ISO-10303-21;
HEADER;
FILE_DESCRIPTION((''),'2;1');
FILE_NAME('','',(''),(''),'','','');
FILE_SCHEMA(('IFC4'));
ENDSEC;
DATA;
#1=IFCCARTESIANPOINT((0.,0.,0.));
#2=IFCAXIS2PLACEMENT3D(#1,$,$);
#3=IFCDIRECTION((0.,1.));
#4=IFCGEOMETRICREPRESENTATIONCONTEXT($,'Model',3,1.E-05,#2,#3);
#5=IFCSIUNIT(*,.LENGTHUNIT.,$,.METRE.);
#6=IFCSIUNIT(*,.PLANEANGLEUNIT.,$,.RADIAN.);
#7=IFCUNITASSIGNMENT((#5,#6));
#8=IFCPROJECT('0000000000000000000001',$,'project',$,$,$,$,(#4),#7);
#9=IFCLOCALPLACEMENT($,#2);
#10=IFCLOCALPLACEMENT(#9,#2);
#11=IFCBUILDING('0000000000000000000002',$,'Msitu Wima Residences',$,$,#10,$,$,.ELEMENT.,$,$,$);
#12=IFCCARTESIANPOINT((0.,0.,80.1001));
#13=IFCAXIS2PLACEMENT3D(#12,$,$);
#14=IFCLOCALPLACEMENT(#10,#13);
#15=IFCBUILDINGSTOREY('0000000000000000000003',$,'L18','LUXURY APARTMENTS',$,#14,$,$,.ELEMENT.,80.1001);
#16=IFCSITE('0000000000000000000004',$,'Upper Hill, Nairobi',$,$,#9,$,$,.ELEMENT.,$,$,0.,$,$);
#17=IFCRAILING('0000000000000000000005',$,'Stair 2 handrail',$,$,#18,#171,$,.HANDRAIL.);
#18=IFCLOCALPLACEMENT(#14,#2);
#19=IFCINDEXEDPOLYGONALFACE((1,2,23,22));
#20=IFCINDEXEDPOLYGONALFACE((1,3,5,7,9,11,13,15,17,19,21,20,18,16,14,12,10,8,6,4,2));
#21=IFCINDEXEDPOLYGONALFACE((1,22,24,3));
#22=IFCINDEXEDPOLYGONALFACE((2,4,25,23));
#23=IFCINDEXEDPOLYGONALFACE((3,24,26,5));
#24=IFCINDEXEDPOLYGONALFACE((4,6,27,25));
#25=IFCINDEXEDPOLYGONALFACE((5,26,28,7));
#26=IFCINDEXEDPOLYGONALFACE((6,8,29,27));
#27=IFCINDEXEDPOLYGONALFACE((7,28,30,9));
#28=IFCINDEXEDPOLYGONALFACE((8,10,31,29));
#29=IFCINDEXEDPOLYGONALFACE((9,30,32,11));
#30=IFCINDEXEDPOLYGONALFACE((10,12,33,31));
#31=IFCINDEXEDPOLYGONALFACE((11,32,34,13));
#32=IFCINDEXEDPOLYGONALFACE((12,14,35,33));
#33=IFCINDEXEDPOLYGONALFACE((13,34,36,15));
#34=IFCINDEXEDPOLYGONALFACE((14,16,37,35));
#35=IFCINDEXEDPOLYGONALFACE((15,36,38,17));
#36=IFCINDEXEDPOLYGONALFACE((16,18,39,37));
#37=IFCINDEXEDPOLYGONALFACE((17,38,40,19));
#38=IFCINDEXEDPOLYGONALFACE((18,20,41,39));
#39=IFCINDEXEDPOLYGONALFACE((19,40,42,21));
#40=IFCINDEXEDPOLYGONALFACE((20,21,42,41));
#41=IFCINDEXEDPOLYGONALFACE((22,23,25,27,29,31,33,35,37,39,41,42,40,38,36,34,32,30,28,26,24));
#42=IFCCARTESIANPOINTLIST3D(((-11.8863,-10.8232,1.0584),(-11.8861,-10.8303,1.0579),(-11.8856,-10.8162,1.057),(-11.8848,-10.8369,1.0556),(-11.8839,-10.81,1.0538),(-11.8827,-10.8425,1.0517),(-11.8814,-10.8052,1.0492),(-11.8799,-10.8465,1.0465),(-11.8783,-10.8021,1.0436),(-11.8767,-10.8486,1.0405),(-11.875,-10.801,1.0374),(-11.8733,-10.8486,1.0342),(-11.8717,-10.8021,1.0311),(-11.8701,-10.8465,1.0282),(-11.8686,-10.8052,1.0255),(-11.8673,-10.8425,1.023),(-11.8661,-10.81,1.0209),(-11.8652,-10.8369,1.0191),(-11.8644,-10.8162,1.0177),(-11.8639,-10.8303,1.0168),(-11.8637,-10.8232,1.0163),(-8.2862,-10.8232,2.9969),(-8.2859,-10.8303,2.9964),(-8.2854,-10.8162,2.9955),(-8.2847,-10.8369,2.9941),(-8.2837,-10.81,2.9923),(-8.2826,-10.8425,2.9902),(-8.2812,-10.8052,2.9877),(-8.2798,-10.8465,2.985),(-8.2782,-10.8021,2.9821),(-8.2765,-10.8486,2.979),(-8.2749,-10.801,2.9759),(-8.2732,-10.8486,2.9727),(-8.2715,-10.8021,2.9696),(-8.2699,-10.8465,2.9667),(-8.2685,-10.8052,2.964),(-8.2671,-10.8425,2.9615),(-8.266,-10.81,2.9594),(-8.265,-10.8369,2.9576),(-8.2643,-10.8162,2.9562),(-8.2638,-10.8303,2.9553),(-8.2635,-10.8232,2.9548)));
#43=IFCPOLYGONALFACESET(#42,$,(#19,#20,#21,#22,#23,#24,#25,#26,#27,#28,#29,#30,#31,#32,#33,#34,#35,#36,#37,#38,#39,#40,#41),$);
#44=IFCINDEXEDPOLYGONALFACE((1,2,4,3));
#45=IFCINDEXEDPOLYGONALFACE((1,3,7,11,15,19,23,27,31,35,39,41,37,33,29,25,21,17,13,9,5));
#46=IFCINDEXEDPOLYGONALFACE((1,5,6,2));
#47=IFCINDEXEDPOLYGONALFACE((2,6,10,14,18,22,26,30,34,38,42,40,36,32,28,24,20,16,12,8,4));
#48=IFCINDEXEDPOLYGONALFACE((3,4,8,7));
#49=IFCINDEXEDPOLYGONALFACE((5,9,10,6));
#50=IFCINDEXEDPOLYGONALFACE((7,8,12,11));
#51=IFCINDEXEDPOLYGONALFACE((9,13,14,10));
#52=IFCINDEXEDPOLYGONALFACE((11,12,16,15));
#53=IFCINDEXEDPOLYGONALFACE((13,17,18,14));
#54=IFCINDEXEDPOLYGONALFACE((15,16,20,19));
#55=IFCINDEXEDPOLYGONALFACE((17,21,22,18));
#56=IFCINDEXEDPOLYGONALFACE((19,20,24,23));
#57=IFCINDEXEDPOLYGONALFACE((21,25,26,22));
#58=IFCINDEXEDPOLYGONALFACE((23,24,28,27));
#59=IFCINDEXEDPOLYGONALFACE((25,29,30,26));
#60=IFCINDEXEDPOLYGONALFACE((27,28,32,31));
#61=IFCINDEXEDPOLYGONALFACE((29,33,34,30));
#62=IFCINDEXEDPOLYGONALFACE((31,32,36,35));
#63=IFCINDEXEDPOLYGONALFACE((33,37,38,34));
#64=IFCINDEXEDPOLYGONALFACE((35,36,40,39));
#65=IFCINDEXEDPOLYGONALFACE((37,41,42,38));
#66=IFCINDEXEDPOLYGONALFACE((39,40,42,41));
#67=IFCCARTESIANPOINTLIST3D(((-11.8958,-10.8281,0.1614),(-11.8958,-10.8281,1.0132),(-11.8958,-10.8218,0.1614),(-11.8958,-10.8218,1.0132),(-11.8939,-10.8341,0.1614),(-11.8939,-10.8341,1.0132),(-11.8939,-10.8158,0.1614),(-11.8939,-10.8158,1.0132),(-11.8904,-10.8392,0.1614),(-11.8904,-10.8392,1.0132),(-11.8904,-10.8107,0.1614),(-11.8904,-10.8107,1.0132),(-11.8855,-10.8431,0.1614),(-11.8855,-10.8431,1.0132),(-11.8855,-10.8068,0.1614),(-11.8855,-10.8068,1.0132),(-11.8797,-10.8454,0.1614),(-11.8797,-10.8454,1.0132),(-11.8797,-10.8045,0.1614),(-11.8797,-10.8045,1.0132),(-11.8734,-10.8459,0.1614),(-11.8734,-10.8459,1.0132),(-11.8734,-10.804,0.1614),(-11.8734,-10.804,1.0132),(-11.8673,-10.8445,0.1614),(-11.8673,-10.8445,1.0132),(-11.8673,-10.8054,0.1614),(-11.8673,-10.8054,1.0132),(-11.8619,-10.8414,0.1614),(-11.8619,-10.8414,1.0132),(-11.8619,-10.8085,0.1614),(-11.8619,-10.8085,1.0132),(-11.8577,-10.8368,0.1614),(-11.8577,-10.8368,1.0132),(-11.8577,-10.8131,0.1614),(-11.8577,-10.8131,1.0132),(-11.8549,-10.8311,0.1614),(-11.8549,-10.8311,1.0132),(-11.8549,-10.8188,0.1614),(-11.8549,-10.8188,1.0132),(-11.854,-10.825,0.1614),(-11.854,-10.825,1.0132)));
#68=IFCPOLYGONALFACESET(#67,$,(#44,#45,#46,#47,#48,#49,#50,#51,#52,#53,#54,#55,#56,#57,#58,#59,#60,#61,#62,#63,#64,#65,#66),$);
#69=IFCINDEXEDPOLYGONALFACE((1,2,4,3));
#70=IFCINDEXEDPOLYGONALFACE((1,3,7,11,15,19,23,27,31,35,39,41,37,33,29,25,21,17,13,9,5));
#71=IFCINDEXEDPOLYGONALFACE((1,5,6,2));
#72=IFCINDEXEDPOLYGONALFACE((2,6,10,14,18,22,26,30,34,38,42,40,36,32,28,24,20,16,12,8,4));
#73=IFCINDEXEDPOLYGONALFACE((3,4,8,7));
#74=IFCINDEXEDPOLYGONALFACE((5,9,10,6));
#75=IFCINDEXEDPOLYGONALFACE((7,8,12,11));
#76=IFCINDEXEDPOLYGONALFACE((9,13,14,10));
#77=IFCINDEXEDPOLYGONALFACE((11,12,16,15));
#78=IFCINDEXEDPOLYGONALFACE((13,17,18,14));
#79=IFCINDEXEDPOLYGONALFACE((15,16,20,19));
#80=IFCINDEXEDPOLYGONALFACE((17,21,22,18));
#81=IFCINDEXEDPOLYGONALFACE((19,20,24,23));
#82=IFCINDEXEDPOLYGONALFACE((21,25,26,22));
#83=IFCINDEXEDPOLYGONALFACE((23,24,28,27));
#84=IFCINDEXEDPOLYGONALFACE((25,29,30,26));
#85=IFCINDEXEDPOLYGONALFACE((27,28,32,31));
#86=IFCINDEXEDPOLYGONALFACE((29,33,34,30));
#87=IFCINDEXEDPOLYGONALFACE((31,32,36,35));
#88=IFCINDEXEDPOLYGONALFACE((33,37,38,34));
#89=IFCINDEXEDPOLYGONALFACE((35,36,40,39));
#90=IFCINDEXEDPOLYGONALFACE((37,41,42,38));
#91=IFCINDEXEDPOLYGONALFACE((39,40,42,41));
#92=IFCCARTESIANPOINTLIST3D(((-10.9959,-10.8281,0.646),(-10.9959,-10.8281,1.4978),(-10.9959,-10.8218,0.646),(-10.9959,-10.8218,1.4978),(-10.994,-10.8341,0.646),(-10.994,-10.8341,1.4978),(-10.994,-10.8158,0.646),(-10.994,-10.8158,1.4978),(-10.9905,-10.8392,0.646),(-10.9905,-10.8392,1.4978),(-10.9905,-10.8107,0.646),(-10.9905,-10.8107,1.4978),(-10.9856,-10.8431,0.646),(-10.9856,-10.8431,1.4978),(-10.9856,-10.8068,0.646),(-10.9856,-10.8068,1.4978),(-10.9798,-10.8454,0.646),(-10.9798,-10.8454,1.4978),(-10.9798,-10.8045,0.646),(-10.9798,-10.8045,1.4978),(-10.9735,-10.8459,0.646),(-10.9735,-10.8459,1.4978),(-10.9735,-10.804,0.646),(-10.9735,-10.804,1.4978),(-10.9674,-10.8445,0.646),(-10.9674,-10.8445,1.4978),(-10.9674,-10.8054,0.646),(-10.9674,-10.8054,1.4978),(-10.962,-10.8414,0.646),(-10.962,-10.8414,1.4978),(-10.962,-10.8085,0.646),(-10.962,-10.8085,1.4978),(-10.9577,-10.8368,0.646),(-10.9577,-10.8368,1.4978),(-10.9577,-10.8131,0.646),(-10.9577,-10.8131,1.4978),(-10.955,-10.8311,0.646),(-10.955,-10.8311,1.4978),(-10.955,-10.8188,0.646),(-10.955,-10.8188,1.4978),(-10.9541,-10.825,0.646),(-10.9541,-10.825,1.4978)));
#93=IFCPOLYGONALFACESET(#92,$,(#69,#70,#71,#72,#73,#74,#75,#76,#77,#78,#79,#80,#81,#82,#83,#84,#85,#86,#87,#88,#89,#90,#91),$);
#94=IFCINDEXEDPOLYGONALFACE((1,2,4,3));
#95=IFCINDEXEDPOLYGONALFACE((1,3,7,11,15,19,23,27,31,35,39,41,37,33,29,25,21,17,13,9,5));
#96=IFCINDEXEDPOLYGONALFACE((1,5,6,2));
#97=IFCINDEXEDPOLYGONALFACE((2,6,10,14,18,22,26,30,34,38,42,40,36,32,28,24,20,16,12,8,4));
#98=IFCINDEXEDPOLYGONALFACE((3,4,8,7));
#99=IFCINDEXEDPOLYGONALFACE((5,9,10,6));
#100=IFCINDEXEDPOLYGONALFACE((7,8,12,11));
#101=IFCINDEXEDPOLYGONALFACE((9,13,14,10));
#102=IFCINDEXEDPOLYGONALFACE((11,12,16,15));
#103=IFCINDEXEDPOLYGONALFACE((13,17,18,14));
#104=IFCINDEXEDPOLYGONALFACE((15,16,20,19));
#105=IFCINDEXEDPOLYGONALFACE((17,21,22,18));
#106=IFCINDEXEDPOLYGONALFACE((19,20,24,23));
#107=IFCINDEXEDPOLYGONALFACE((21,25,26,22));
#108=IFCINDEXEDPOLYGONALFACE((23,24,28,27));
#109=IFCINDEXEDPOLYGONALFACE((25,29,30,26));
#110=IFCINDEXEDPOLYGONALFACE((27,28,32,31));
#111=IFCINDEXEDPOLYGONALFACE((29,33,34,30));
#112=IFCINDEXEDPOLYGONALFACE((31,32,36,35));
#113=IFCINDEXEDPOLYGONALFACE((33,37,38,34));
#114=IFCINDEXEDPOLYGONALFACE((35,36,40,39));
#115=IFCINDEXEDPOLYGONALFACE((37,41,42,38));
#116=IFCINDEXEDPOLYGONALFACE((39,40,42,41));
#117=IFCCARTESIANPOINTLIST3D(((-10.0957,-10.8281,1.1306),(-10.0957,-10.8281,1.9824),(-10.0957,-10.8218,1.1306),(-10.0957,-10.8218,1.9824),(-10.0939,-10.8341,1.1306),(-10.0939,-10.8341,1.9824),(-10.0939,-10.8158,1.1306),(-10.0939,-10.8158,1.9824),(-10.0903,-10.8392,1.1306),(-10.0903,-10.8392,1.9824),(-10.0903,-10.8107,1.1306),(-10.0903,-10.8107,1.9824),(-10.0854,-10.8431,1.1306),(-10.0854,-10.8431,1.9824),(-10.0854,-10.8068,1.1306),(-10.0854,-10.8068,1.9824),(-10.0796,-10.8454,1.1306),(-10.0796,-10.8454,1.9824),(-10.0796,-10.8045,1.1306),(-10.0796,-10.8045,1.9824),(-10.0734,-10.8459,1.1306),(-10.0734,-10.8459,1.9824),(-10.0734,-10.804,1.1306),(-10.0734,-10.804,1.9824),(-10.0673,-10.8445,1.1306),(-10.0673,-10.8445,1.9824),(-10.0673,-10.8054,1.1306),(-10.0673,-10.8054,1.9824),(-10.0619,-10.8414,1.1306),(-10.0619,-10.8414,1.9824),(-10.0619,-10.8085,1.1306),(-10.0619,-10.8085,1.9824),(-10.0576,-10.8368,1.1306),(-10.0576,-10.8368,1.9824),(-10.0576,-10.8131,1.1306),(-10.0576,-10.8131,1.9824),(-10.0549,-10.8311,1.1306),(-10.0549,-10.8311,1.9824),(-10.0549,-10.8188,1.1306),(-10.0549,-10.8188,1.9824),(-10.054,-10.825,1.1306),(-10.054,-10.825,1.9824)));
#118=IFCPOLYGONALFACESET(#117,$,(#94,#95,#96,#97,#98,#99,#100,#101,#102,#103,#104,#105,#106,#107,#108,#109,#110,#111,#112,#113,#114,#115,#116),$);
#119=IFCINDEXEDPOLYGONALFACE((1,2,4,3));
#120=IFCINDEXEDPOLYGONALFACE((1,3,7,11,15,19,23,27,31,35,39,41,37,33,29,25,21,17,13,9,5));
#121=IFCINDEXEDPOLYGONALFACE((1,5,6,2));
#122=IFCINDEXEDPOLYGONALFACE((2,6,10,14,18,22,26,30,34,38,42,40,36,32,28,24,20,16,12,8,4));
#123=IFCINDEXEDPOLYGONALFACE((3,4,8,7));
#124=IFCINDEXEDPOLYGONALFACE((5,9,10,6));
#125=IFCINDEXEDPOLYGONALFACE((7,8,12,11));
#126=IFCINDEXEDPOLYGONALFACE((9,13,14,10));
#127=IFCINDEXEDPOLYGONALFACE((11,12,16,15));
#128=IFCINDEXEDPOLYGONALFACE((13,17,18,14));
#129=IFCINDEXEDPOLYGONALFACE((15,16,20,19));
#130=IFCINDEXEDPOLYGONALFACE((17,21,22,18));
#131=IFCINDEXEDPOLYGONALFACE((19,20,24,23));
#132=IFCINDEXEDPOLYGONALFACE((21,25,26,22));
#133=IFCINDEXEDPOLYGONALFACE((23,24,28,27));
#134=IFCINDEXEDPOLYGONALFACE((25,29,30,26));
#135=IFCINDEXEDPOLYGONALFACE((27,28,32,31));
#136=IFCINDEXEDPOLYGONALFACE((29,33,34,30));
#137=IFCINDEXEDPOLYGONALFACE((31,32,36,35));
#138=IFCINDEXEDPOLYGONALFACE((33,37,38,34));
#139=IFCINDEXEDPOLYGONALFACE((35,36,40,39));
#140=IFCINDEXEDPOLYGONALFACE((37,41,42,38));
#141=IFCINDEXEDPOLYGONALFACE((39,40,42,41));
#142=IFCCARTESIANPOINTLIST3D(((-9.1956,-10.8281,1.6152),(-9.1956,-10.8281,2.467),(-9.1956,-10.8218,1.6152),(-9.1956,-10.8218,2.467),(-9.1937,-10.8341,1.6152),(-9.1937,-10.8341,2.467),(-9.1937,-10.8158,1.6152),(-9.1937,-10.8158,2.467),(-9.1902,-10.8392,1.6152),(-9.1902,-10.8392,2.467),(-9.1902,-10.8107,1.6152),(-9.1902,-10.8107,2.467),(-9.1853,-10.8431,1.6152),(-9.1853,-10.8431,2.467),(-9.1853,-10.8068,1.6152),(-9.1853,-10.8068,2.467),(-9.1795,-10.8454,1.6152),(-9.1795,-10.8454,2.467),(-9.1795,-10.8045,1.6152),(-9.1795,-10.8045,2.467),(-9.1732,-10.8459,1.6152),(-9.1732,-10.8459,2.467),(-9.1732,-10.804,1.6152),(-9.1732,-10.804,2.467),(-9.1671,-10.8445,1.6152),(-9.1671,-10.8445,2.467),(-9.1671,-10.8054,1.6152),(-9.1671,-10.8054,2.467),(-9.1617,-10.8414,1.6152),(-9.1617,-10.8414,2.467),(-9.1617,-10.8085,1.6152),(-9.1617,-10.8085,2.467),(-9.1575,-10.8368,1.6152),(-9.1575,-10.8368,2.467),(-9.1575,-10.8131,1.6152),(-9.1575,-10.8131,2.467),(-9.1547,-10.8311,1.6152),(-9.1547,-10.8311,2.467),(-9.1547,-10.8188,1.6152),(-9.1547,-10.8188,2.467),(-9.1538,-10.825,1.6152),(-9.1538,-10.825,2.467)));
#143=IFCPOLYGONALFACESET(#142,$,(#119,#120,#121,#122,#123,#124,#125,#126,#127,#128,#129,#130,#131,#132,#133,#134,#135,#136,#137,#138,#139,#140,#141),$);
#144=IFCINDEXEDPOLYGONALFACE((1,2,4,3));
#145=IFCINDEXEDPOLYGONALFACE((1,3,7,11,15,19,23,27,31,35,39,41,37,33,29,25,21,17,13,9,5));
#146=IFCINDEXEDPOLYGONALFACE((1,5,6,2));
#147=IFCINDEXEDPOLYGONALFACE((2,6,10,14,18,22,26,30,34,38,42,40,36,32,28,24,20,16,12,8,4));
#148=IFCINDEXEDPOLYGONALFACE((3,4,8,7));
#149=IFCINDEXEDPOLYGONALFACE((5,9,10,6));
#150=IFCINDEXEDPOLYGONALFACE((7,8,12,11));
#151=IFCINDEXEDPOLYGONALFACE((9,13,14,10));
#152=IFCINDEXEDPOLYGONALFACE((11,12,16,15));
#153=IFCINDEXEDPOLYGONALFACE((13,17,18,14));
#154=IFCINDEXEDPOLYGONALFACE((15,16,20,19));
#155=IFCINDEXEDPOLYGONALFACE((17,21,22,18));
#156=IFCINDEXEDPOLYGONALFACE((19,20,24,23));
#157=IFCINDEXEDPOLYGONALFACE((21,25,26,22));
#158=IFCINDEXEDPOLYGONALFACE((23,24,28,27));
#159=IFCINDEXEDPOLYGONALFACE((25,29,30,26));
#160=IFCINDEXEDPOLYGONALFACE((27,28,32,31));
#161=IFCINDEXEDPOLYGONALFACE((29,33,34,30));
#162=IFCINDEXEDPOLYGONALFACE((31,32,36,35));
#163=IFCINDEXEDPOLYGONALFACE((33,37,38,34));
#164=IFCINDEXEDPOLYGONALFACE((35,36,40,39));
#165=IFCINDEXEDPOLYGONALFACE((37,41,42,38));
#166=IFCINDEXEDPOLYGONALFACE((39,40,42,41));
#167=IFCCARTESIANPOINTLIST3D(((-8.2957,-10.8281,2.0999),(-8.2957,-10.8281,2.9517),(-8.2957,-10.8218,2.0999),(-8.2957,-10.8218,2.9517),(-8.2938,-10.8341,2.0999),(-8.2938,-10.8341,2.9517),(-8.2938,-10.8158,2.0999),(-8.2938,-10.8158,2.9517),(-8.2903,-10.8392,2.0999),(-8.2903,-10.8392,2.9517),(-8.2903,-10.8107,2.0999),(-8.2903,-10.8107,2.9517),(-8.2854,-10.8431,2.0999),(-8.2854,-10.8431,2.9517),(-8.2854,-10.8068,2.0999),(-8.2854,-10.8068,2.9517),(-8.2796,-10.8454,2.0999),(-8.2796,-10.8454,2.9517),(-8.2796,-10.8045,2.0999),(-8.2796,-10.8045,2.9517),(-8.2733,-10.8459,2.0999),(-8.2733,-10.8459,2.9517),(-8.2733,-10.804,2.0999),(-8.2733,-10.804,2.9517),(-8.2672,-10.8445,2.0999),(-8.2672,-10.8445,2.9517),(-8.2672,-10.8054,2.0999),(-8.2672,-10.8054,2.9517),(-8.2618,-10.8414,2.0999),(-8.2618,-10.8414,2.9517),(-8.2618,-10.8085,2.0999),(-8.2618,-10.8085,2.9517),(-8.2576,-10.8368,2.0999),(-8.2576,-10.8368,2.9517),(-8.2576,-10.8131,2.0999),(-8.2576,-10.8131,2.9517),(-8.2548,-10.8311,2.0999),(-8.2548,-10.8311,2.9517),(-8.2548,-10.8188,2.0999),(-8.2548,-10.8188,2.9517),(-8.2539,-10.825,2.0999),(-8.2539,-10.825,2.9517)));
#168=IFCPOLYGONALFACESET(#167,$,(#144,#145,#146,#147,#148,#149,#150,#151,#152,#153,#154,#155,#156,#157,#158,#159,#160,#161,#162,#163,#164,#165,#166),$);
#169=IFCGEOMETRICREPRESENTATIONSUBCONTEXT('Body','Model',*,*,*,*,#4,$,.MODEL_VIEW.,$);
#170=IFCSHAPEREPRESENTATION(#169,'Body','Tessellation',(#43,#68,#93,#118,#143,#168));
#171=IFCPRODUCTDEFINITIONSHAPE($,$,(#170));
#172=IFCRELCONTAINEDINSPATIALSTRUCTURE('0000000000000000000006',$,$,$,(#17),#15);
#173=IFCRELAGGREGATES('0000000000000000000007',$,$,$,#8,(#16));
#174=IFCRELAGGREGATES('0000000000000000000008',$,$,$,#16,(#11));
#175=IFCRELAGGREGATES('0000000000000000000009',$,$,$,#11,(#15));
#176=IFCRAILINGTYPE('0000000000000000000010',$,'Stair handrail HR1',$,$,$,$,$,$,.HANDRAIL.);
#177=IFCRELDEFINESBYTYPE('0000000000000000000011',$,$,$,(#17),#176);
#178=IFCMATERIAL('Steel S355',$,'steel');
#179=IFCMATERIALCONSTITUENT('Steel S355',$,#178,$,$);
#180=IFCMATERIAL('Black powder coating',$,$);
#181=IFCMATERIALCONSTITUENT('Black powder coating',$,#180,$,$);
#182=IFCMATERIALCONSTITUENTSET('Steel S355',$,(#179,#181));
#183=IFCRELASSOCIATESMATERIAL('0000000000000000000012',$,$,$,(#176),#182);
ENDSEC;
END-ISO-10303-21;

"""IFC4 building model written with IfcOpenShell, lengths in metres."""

from ifc_helpers import new_model, si_unit, direction, frame, origin, origin_2d, place, context, subcontext, project, spatial, circle, extrude, material, constituent, constituent_set, type_object, element, save


model = new_model("IFC4")

# Units and contexts
model_context = context("Model", 3, precision=1e-05, world=origin(), true_north=direction((0.0, 1.0)))
body_context = subcontext(model_context, "Body", "Model", "MODEL_VIEW")
ifc_project = project(units=[si_unit("LENGTHUNIT", "METRE"), si_unit("PLANEANGLEUNIT", "RADIAN")], contexts=[model_context])

# Site, building, storey
site_placement = place(None, origin())
site = spatial("IfcSite", under=ifc_project, at=site_placement, Name="Upper Hill, Nairobi", CompositionType="ELEMENT", RefElevation=0.0)
building_placement = place(site_placement, origin())
building = spatial("IfcBuilding", under=site, at=building_placement, Name="Msitu Wima Residences", CompositionType="ELEMENT")
storey_placement = place(building_placement, frame((0.0, 0.0, 80.1001)))
storey = spatial("IfcBuildingStorey", under=building, at=storey_placement, Name="L18", Description="LUXURY APARTMENTS", CompositionType="ELEMENT", Elevation=80.1001)

# Railing
ifc_material_1 = material(Name="Steel S355", Category="steel")
ifc_constituent_1 = constituent(ifc_material_1, Name="Steel S355")
ifc_material_2 = material(Name="Black powder coating")
ifc_constituent_2 = constituent(ifc_material_2, Name="Black powder coating")
ifc_constituent_set = constituent_set(constituents=[ifc_constituent_1, ifc_constituent_2], Name="Steel S355")
railing_type = type_object("IfcRailingType", Name="Stair handrail HR1", PredefinedType="HANDRAIL", material=ifc_constituent_set)
for number, where, name in (
    (1, (-11.875, -10.825, 0.1614), "Stair 2 handrail"),
):
    element("IfcRailing", number, at=place(storey_placement, frame(where)), inside=storey, type_object=railing_type, Name=name, PredefinedType="HANDRAIL", context=body_context, shape_type="SweptSolid", body=[
        extrude(circle(Radius=0.0239, at=origin_2d()), frame((0.0, 0.0, 0.876), z_axis=(0.880475, 0.0, 0.474093), x_axis=(0.0, 1.0, 0.0)), (0.0, 0.0, 1.0), 4.0889),
        extrude(circle(Radius=0.021, at=origin_2d()), origin(), (0.0, 0.0, 1.0), 0.8518),
        extrude(circle(Radius=0.021, at=origin_2d()), frame((0.8999, 0.0, 0.4846)), (0.0, 0.0, 1.0), 0.8518),
        extrude(circle(Radius=0.021, at=origin_2d()), frame((1.8, 0.0, 0.9692)), (0.0, 0.0, 1.0), 0.8518),
        extrude(circle(Radius=0.021, at=origin_2d()), frame((2.7002, 0.0, 1.4539)), (0.0, 0.0, 1.0), 0.8518),
        extrude(circle(Radius=0.021, at=origin_2d()), frame((3.6001, 0.0, 1.9385)), (0.0, 0.0, 1.0), 0.8518),
    ])

save(model, "model.ifc")
